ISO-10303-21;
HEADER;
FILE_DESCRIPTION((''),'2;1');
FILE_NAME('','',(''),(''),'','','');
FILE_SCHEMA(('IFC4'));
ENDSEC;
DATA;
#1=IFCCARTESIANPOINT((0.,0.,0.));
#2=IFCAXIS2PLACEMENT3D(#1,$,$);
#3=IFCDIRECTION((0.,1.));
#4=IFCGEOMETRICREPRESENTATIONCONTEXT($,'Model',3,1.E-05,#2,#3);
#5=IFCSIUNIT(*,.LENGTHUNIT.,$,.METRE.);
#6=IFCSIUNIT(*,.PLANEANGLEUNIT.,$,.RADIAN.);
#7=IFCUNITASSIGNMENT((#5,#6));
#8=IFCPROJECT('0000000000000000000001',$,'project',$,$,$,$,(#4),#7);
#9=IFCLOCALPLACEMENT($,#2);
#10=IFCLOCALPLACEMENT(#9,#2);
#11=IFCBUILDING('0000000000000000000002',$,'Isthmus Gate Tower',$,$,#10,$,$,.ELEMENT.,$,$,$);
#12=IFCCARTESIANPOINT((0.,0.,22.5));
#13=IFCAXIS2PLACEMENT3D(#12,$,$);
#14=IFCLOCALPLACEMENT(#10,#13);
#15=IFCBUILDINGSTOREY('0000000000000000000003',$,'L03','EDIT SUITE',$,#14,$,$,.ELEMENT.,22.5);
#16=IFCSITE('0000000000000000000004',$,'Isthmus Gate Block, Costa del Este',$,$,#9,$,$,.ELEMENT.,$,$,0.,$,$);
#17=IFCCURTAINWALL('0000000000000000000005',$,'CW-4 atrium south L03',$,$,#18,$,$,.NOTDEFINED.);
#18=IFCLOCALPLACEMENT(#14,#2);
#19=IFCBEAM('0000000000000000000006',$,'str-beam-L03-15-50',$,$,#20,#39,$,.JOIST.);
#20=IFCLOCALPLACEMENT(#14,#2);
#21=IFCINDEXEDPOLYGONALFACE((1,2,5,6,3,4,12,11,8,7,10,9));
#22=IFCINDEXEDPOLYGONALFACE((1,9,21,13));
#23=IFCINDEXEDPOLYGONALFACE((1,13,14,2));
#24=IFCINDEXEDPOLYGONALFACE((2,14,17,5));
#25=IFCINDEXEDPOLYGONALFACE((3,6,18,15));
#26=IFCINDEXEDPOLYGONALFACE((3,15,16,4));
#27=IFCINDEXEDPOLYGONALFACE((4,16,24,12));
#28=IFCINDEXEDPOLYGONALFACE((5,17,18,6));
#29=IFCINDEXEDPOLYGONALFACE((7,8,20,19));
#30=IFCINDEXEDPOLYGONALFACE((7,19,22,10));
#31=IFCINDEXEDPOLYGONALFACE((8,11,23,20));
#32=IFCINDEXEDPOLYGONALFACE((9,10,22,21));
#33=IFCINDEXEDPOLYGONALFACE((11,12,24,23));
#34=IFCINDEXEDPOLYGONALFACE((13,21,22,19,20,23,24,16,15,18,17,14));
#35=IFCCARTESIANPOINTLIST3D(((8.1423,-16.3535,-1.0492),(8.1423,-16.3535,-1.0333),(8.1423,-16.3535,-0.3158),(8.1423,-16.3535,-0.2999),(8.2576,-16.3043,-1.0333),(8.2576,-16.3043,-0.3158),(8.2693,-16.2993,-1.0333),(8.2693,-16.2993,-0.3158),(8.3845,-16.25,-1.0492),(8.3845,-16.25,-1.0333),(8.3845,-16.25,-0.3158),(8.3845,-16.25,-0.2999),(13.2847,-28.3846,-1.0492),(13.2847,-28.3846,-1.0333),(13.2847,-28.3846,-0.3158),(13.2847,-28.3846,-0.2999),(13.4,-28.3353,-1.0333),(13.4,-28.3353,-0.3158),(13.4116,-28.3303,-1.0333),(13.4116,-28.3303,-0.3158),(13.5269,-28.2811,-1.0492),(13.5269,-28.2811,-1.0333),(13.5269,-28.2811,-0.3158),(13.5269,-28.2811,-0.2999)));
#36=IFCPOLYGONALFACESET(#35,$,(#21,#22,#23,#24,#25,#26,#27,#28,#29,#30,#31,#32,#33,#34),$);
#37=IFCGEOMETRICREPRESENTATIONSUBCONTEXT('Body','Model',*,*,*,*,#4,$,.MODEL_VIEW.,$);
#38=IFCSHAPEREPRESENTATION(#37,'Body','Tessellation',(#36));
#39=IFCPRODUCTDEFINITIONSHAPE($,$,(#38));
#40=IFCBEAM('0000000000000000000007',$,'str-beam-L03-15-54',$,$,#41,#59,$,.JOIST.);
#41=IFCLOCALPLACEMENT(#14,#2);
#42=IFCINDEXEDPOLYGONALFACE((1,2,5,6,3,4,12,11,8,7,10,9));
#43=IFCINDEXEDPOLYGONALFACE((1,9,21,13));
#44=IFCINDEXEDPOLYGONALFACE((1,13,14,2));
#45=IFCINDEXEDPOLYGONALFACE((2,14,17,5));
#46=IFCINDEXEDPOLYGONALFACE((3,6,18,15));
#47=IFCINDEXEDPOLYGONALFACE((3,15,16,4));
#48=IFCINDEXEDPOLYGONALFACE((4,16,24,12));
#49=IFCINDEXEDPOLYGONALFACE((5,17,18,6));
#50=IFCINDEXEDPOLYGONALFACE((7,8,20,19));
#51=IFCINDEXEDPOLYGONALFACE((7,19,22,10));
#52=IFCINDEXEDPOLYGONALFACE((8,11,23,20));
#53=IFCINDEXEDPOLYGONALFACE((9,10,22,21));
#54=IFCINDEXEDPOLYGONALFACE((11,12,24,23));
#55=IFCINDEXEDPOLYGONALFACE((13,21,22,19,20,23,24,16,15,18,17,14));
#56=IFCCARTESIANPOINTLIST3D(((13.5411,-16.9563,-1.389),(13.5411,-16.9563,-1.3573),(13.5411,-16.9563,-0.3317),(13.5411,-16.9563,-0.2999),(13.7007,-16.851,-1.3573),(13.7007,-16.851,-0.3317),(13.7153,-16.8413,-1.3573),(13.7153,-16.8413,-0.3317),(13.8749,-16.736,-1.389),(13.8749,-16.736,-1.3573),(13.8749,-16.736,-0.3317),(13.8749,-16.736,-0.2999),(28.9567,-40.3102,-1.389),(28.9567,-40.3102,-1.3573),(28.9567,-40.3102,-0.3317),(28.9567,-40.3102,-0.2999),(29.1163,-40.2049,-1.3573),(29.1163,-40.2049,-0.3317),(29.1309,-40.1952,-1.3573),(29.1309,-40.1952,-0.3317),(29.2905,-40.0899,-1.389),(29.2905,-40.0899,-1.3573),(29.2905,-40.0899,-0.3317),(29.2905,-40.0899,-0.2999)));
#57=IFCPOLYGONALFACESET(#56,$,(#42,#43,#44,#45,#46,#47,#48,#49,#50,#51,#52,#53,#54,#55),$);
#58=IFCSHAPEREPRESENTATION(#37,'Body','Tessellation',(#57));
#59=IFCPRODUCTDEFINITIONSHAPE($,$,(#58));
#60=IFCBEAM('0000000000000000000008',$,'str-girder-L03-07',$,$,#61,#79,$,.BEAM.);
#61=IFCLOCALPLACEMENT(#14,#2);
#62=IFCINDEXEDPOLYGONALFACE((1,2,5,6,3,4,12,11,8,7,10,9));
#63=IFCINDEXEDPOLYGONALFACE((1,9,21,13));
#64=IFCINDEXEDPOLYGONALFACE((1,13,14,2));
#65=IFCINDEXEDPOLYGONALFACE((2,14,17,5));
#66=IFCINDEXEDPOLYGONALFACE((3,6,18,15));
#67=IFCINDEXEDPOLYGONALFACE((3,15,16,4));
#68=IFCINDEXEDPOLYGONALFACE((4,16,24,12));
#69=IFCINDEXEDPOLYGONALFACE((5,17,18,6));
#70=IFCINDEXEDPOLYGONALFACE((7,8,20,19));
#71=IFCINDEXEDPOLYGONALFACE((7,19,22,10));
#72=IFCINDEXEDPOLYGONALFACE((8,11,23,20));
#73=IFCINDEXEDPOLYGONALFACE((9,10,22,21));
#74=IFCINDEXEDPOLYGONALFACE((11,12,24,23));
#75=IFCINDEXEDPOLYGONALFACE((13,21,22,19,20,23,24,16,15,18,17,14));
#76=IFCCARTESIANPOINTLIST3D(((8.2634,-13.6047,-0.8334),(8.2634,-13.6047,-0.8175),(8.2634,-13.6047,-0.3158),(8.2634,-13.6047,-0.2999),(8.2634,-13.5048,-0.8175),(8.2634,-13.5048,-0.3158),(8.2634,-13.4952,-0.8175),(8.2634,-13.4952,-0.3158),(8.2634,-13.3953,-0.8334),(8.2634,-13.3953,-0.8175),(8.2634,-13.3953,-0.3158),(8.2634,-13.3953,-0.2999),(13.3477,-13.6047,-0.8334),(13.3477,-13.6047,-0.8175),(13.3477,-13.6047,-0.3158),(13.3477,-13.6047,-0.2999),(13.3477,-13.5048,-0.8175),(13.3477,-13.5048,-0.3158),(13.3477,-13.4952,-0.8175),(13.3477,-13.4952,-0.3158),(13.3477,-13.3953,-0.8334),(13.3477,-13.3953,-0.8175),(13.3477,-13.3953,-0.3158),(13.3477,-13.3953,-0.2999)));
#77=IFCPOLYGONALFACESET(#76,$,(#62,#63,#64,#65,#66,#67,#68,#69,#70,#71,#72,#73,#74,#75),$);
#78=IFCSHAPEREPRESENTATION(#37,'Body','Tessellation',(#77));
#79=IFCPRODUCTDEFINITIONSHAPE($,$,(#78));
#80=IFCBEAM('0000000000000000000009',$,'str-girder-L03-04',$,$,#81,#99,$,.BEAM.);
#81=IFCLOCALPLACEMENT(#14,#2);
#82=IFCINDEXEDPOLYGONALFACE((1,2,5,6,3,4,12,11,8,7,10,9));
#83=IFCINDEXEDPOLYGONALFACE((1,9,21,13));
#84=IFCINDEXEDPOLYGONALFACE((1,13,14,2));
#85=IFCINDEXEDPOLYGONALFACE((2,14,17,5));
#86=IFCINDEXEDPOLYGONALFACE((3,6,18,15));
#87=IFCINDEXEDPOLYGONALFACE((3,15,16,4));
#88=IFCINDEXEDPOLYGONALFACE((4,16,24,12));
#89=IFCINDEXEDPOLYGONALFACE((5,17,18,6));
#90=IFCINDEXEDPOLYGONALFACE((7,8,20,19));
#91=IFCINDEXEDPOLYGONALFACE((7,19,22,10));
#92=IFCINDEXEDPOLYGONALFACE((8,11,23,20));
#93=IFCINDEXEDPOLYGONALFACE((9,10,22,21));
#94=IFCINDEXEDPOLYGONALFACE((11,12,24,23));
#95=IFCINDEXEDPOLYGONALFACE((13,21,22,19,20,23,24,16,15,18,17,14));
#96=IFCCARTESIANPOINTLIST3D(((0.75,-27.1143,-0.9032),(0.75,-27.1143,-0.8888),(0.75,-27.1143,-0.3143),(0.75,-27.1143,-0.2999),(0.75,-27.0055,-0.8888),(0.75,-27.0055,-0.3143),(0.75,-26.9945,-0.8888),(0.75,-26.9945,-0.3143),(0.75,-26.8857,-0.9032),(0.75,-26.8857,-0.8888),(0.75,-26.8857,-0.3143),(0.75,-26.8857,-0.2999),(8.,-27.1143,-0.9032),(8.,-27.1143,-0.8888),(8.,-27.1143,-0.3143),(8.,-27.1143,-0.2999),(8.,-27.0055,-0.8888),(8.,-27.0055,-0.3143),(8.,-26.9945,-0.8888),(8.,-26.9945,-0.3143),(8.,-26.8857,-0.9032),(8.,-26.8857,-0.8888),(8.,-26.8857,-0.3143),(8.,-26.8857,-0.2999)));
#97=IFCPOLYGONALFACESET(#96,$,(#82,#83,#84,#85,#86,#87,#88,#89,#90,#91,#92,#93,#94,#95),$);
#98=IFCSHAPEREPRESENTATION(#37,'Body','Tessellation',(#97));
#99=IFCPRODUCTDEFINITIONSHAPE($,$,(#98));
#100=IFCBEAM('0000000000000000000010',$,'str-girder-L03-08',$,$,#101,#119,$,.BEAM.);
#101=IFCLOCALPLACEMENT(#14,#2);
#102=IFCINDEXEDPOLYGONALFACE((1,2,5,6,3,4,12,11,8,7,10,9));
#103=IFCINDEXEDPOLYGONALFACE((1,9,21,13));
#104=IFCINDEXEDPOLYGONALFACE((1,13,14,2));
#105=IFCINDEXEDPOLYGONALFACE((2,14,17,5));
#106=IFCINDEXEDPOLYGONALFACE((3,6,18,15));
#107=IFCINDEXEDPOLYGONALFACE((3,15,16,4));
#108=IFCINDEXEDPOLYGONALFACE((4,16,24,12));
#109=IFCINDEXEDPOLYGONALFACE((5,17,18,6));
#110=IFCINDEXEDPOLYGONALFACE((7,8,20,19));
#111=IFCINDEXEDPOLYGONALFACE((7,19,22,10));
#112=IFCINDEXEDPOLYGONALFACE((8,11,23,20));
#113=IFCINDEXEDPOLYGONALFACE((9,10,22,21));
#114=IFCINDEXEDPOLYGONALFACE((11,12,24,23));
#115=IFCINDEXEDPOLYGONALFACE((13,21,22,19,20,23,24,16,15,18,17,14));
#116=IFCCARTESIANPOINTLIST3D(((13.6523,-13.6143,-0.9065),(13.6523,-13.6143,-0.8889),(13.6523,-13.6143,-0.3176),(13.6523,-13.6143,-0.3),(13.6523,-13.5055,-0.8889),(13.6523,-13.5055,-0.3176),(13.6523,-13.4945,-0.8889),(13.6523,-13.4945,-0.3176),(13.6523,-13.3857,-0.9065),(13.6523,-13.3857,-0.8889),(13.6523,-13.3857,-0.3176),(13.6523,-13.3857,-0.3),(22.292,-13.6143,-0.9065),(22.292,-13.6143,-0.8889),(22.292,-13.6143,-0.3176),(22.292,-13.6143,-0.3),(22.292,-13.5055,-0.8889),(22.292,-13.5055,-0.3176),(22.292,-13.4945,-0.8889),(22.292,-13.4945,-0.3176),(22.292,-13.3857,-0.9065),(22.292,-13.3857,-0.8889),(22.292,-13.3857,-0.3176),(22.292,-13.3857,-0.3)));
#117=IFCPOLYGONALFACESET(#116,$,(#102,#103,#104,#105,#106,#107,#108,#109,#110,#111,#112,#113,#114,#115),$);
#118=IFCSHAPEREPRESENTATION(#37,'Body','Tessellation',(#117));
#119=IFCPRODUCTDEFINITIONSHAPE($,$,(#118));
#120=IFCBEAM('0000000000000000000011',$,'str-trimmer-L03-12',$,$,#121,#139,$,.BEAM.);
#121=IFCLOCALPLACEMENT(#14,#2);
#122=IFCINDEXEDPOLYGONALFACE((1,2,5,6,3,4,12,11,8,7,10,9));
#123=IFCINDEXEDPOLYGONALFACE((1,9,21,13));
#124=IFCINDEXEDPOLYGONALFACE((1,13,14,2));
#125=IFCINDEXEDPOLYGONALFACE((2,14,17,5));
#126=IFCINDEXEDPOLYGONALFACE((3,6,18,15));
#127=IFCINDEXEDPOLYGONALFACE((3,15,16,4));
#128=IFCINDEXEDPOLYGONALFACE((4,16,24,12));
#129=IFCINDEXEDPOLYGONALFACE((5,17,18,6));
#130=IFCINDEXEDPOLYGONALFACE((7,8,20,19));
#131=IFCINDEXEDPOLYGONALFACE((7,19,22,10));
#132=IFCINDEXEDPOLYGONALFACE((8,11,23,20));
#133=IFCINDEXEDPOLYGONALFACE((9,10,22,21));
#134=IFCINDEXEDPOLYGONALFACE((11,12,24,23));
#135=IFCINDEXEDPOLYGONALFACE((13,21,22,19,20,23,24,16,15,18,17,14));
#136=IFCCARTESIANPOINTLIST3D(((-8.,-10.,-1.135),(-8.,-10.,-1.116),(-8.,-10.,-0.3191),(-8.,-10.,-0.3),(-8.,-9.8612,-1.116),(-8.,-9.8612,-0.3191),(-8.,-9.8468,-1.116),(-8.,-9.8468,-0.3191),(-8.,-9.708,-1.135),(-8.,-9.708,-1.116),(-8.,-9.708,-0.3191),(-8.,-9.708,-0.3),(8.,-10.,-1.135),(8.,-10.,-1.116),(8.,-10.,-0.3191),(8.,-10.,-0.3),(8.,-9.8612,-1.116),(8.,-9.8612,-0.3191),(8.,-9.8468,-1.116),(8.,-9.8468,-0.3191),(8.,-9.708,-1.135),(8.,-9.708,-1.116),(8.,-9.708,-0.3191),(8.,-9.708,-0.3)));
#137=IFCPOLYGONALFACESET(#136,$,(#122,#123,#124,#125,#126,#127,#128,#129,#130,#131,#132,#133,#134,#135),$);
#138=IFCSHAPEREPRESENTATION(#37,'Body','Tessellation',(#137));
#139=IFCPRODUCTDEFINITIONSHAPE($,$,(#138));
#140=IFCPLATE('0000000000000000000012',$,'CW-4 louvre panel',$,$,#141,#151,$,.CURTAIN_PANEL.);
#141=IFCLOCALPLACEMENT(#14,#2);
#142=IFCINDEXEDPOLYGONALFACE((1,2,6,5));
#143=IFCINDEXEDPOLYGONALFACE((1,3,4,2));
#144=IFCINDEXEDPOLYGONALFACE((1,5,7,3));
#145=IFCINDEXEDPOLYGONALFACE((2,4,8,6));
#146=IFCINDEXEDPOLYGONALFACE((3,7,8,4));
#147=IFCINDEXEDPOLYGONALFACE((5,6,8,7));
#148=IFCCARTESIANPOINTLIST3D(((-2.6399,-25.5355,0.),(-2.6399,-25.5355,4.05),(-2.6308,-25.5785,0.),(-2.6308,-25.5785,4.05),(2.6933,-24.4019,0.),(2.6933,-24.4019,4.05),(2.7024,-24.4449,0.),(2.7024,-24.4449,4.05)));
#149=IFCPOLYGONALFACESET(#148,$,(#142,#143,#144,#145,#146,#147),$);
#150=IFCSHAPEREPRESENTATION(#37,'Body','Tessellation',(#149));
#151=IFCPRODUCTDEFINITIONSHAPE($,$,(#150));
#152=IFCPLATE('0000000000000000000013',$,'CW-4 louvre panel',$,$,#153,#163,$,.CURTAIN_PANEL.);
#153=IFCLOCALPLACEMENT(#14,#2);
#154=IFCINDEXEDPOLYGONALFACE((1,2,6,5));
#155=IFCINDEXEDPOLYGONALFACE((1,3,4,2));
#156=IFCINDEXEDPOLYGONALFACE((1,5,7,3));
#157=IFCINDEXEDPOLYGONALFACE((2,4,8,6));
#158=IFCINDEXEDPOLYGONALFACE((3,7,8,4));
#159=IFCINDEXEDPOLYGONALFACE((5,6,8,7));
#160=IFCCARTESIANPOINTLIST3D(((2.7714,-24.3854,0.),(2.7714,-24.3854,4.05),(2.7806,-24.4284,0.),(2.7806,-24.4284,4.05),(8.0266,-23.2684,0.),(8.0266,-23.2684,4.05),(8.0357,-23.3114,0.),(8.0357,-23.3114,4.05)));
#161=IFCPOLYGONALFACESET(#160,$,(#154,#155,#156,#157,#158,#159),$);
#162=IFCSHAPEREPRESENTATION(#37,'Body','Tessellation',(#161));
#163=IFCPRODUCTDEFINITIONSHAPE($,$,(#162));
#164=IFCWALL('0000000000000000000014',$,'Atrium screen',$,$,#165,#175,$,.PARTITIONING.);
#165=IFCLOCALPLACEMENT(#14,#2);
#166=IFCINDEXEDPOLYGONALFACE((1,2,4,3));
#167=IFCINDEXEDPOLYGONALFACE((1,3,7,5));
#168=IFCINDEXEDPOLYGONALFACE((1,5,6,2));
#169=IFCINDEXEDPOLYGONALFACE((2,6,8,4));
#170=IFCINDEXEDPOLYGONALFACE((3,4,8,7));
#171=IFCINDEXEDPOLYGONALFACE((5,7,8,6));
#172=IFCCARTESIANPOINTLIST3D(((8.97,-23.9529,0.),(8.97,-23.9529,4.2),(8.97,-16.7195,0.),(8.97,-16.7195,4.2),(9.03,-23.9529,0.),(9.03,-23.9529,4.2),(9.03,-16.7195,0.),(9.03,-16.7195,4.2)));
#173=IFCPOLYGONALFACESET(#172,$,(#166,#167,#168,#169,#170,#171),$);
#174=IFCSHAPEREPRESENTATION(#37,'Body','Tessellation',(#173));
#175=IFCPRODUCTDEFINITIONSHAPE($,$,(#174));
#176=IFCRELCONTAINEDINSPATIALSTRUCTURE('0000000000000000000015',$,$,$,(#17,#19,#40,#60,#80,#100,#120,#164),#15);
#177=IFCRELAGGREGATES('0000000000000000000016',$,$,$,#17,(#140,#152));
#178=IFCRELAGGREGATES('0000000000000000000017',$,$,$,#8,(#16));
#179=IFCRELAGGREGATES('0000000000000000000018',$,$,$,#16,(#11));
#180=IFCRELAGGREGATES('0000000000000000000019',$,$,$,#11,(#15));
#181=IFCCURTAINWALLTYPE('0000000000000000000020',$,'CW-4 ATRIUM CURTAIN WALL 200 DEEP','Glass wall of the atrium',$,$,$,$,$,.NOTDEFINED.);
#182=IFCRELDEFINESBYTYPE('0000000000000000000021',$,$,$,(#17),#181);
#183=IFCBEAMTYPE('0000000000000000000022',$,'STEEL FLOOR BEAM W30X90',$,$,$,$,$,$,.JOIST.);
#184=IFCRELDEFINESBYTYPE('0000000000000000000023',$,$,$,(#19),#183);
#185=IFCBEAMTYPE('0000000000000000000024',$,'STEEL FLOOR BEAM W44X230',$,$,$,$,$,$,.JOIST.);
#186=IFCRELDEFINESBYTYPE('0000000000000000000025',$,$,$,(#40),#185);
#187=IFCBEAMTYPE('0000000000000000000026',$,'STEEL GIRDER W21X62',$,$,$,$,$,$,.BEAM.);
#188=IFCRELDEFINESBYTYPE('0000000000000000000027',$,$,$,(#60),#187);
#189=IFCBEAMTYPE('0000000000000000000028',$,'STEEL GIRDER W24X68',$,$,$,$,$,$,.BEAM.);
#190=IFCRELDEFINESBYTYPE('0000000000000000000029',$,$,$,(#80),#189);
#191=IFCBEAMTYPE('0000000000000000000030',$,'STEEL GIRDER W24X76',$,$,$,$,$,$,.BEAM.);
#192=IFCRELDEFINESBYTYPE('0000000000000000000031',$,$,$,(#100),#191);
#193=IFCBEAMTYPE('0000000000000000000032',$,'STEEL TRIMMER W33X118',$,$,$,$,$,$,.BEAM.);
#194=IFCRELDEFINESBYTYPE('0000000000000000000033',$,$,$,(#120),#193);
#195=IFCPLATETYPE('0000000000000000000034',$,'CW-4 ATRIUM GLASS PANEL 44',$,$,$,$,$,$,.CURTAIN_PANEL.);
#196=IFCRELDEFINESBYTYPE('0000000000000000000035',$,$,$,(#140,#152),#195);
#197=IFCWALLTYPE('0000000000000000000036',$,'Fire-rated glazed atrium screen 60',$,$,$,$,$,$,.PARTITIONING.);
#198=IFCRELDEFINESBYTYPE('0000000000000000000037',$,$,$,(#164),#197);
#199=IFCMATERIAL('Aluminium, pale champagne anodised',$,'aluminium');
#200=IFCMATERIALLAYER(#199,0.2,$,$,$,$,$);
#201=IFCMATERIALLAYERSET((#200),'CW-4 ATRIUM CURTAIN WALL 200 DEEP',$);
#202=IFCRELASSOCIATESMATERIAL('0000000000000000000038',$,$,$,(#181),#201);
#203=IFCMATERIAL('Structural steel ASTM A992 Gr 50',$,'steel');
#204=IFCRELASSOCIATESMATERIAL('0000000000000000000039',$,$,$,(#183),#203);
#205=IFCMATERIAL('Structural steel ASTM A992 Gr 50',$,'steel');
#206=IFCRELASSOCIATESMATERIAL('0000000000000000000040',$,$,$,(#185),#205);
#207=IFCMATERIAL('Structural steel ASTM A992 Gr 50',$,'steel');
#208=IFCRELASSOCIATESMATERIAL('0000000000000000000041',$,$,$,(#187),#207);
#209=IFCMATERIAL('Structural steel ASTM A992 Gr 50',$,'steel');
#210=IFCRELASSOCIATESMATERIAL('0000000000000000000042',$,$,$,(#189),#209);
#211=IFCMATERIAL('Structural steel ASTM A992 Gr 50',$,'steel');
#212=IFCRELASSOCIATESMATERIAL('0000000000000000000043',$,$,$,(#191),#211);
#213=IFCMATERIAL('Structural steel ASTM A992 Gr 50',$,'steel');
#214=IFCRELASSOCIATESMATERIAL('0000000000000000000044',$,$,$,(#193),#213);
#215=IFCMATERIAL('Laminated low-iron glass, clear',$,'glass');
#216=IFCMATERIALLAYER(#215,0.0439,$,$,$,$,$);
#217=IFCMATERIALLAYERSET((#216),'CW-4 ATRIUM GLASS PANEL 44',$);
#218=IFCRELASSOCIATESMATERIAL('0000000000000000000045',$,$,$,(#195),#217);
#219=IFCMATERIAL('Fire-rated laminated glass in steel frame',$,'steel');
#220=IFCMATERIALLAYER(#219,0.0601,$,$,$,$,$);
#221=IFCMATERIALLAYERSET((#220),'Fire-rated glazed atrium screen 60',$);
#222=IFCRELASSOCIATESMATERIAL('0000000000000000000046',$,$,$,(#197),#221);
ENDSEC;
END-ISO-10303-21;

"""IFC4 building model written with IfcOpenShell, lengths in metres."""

from ifc_helpers import new_model, si_unit, direction, frame, frame_2d, origin, origin_2d, place, context, subcontext, project, spatial, rectangle, i_section, extrude, material, layer, layer_set, material_profile, profile_set, type_object, element, aggregate, save


model = new_model("IFC4")

# Units and contexts
model_context = context("Model", 3, precision=1e-05, world=origin(), true_north=direction((0.0, 1.0)))
body_context = subcontext(model_context, "Body", "Model", "MODEL_VIEW")
ifc_project = project(units=[si_unit("LENGTHUNIT", "METRE"), si_unit("PLANEANGLEUNIT", "RADIAN")], contexts=[model_context])

# Site, building, storey
site_placement = place(None, origin())
site = spatial("IfcSite", under=ifc_project, at=site_placement, Name="Isthmus Gate Block, Costa del Este", CompositionType="ELEMENT", RefElevation=0.0)
building_placement = place(site_placement, origin())
building = spatial("IfcBuilding", under=site, at=building_placement, Name="Isthmus Gate Tower", CompositionType="ELEMENT")
storey_placement = place(building_placement, frame((0.0, 0.0, 22.5)))
storey = spatial("IfcBuildingStorey", under=building, at=storey_placement, Name="L03", Description="EDIT SUITE", CompositionType="ELEMENT", Elevation=22.5)

# Curtain wall
ifc_material_1 = material(Name="Aluminium, pale champagne anodised", Category="aluminium")
ifc_layer_1 = layer(ifc_material_1, 0.2)
ifc_layer_set_1 = layer_set([ifc_layer_1], Name="CW-4 ATRIUM CURTAIN WALL 200 DEEP")
curtain_wall_type = type_object("IfcCurtainWallType", Name="CW-4 ATRIUM CURTAIN WALL 200 DEEP", Description="Glass wall of the atrium", PredefinedType="NOTDEFINED", material=ifc_layer_set_1)
curtain_wall_placement = place(storey_placement, origin())
curtain_wall = element("IfcCurtainWall", 1, at=curtain_wall_placement, inside=storey, type_object=curtain_wall_type, Name="CW-4 atrium south L03", PredefinedType="NOTDEFINED")

# Beams
ifc_material_2 = material(Name="Structural steel ASTM A992 Gr 50", Category="steel")
ifc_material_profile_1 = material_profile(ifc_material_2, i_section(OverallWidth=0.2634, OverallDepth=0.7493, WebThickness=0.0127, FlangeThickness=0.0159, at=origin_2d()), Name="W30X90")
ifc_profile_set_1 = profile_set([ifc_material_profile_1], Name="Structural steel ASTM A992 Gr 50")
beam_type_1 = type_object("IfcBeamType", Name="STEEL FLOOR BEAM W30X90", PredefinedType="JOIST", material=ifc_profile_set_1)
beam_1_placement = place(storey_placement, frame((8.2634, -16.3018, -0.6746), z_axis=(0.393027, -0.919527, 0.0), x_axis=(0.919527, 0.393027, 0.0)))
element("IfcBeam", 2, at=beam_1_placement, inside=storey, type_object=beam_type_1, Name="str-beam-L03-15-50", PredefinedType="JOIST", context=body_context, shape_type="SweptSolid", body=[
    extrude(i_section(OverallWidth=0.2634, OverallDepth=0.7493, WebThickness=0.0127, FlangeThickness=0.0159, at=origin_2d()), origin(), (0.0, 0.0, 1.0), 13.084),
])
ifc_material_3 = material(Name="Structural steel ASTM A992 Gr 50", Category="steel")
ifc_material_profile_2 = material_profile(ifc_material_3, i_section(OverallWidth=0.3999, OverallDepth=1.0891, WebThickness=0.0176, FlangeThickness=0.0317, at=origin_2d()), Name="W44X230")
ifc_profile_set_2 = profile_set([ifc_material_profile_2], Name="Structural steel ASTM A992 Gr 50")
beam_type_2 = type_object("IfcBeamType", Name="STEEL FLOOR BEAM W44X230", PredefinedType="JOIST", material=ifc_profile_set_2)
beam_2_placement = place(storey_placement, frame((13.708, -16.8462, -0.8445), z_axis=(0.550893, -0.834576, 0.0), x_axis=(0.834576, 0.550893, 0.0)))
element("IfcBeam", 3, at=beam_2_placement, inside=storey, type_object=beam_type_2, Name="str-beam-L03-15-54", PredefinedType="JOIST", context=body_context, shape_type="SweptSolid", body=[
    extrude(i_section(OverallWidth=0.3999, OverallDepth=1.0891, WebThickness=0.0176, FlangeThickness=0.0317, at=origin_2d()), origin(), (0.0, 0.0, 1.0), 27.9829),
])
ifc_material_4 = material(Name="Structural steel ASTM A992 Gr 50", Category="steel")
ifc_material_profile_3 = material_profile(ifc_material_4, i_section(OverallWidth=0.2095, OverallDepth=0.5334, WebThickness=0.0095, FlangeThickness=0.0159, at=origin_2d()), Name="W21X62")
ifc_profile_set_3 = profile_set([ifc_material_profile_3], Name="Structural steel ASTM A992 Gr 50")
beam_type_3 = type_object("IfcBeamType", Name="STEEL GIRDER W21X62", PredefinedType="BEAM", material=ifc_profile_set_3)
beam_3_placement = place(storey_placement, frame((8.2634, -13.5, -0.5667), z_axis=(1.0, 0.0, 0.0), x_axis=(0.0, 1.0, 0.0)))
element("IfcBeam", 4, at=beam_3_placement, inside=storey, type_object=beam_type_3, Name="str-girder-L03-07", PredefinedType="BEAM", context=body_context, shape_type="SweptSolid", body=[
    extrude(i_section(OverallWidth=0.2095, OverallDepth=0.5334, WebThickness=0.0095, FlangeThickness=0.0159, at=origin_2d()), origin(), (0.0, 0.0, 1.0), 5.0842),
])
ifc_material_5 = material(Name="Structural steel ASTM A992 Gr 50", Category="steel")
ifc_material_profile_4 = material_profile(ifc_material_5, i_section(OverallWidth=0.2285, OverallDepth=0.6033, WebThickness=0.011, FlangeThickness=0.0144, at=origin_2d()), Name="W24X68")
ifc_profile_set_4 = profile_set([ifc_material_profile_4], Name="Structural steel ASTM A992 Gr 50")
beam_type_4 = type_object("IfcBeamType", Name="STEEL GIRDER W24X68", PredefinedType="BEAM", material=ifc_profile_set_4)
beam_4_placement = place(storey_placement, frame((0.75, -27.0, -0.6016), z_axis=(1.0, 0.0, 0.0), x_axis=(0.0, 1.0, 0.0)))
element("IfcBeam", 5, at=beam_4_placement, inside=storey, type_object=beam_type_4, Name="str-girder-L03-04", PredefinedType="BEAM", context=body_context, shape_type="SweptSolid", body=[
    extrude(i_section(OverallWidth=0.2285, OverallDepth=0.6033, WebThickness=0.011, FlangeThickness=0.0144, at=origin_2d()), origin(), (0.0, 0.0, 1.0), 7.25),
])
ifc_material_6 = material(Name="Structural steel ASTM A992 Gr 50", Category="steel")
ifc_material_profile_5 = material_profile(ifc_material_6, i_section(OverallWidth=0.2285, OverallDepth=0.6064, WebThickness=0.011, FlangeThickness=0.0176, at=origin_2d()), Name="W24X76")
ifc_profile_set_5 = profile_set([ifc_material_profile_5], Name="Structural steel ASTM A992 Gr 50")
beam_type_5 = type_object("IfcBeamType", Name="STEEL GIRDER W24X76", PredefinedType="BEAM", material=ifc_profile_set_5)
beam_5_placement = place(storey_placement, frame((13.6523, -13.5, -0.6033), z_axis=(1.0, 0.0, 0.0), x_axis=(0.0, 1.0, 0.0)))
element("IfcBeam", 6, at=beam_5_placement, inside=storey, type_object=beam_type_5, Name="str-girder-L03-08", PredefinedType="BEAM", context=body_context, shape_type="SweptSolid", body=[
    extrude(i_section(OverallWidth=0.2285, OverallDepth=0.6064, WebThickness=0.011, FlangeThickness=0.0176, at=origin_2d()), origin(), (0.0, 0.0, 1.0), 8.6396),
])
ifc_material_7 = material(Name="Structural steel ASTM A992 Gr 50", Category="steel")
ifc_material_profile_6 = material_profile(ifc_material_7, i_section(OverallWidth=0.292, OverallDepth=0.835, WebThickness=0.0144, FlangeThickness=0.019, at=origin_2d()), Name="W33X118")
ifc_profile_set_6 = profile_set([ifc_material_profile_6], Name="Structural steel ASTM A992 Gr 50")
beam_type_6 = type_object("IfcBeamType", Name="STEEL TRIMMER W33X118", PredefinedType="BEAM", material=ifc_profile_set_6)
beam_6_placement = place(storey_placement, frame((8.0, -9.854, -0.7175), z_axis=(-1.0, 0.0, 0.0), x_axis=(0.0, -1.0, 0.0)))
element("IfcBeam", 7, at=beam_6_placement, inside=storey, type_object=beam_type_6, Name="str-trimmer-L03-12", PredefinedType="BEAM", context=body_context, shape_type="SweptSolid", body=[
    extrude(i_section(OverallWidth=0.292, OverallDepth=0.835, WebThickness=0.0144, FlangeThickness=0.019, at=origin_2d()), origin(), (0.0, 0.0, 1.0), 16.0),
])

# Plates
ifc_material_8 = material(Name="Laminated low-iron glass, clear", Category="glass")
ifc_layer_2 = layer(ifc_material_8, 0.0439)
ifc_layer_set_2 = layer_set([ifc_layer_2], Name="CW-4 ATRIUM GLASS PANEL 44")
plate_type = type_object("IfcPlateType", Name="CW-4 ATRIUM GLASS PANEL 44", PredefinedType="CURTAIN_PANEL", material=ifc_layer_set_2)
plate_1_placement = place(storey_placement, frame((0.0312, -24.9902, 0.0), z_axis=(0.0, 0.0, 1.0), x_axis=(0.978148, 0.207912, 0.0)))
plate_1 = element("IfcPlate", 8, at=plate_1_placement, type_object=plate_type, Name="CW-4 louvre panel", PredefinedType="CURTAIN_PANEL", context=body_context, shape_type="SweptSolid", body=[
    extrude(rectangle(XDim=5.4524, YDim=0.0439, at=origin_2d()), origin(), (0.0, 0.0, 1.0), 4.05),
])
plate_2_placement = place(storey_placement, frame((5.4036, -23.8484, 0.0), z_axis=(0.0, 0.0, 1.0), x_axis=(0.978148, 0.207912, 0.0)))
plate_2 = element("IfcPlate", 9, at=plate_2_placement, type_object=plate_type, Name="CW-4 louvre panel", PredefinedType="CURTAIN_PANEL", context=body_context, shape_type="SweptSolid", body=[
    extrude(rectangle(XDim=5.3726, YDim=0.0439, at=origin_2d()), origin(), (0.0, 0.0, 1.0), 4.05),
])
aggregate(curtain_wall, [plate_1, plate_2])

# Wall
ifc_material_9 = material(Name="Fire-rated laminated glass in steel frame", Category="steel")
ifc_layer_3 = layer(ifc_material_9, 0.0601)
ifc_layer_set_3 = layer_set([ifc_layer_3], Name="Fire-rated glazed atrium screen 60")
wall_type_1 = type_object("IfcWallType", Name="Fire-rated glazed atrium screen 60", PredefinedType="PARTITIONING", material=ifc_layer_set_3)
wall_1_placement = place(storey_placement, frame((9.0, -23.9529, 0.0), z_axis=(0.0, 0.0, 1.0), x_axis=(0.0, 1.0, 0.0)))
element("IfcWall", 10, at=wall_1_placement, inside=storey, type_object=wall_type_1, Name="Atrium screen", PredefinedType="PARTITIONING", context=body_context, shape_type="SweptSolid", body=[
    extrude(rectangle(XDim=7.2334, YDim=0.0601, at=frame_2d((3.6167, 0.0))), origin(), (0.0, 0.0, 1.0), 4.2),
])

save(model, "model.ifc")
